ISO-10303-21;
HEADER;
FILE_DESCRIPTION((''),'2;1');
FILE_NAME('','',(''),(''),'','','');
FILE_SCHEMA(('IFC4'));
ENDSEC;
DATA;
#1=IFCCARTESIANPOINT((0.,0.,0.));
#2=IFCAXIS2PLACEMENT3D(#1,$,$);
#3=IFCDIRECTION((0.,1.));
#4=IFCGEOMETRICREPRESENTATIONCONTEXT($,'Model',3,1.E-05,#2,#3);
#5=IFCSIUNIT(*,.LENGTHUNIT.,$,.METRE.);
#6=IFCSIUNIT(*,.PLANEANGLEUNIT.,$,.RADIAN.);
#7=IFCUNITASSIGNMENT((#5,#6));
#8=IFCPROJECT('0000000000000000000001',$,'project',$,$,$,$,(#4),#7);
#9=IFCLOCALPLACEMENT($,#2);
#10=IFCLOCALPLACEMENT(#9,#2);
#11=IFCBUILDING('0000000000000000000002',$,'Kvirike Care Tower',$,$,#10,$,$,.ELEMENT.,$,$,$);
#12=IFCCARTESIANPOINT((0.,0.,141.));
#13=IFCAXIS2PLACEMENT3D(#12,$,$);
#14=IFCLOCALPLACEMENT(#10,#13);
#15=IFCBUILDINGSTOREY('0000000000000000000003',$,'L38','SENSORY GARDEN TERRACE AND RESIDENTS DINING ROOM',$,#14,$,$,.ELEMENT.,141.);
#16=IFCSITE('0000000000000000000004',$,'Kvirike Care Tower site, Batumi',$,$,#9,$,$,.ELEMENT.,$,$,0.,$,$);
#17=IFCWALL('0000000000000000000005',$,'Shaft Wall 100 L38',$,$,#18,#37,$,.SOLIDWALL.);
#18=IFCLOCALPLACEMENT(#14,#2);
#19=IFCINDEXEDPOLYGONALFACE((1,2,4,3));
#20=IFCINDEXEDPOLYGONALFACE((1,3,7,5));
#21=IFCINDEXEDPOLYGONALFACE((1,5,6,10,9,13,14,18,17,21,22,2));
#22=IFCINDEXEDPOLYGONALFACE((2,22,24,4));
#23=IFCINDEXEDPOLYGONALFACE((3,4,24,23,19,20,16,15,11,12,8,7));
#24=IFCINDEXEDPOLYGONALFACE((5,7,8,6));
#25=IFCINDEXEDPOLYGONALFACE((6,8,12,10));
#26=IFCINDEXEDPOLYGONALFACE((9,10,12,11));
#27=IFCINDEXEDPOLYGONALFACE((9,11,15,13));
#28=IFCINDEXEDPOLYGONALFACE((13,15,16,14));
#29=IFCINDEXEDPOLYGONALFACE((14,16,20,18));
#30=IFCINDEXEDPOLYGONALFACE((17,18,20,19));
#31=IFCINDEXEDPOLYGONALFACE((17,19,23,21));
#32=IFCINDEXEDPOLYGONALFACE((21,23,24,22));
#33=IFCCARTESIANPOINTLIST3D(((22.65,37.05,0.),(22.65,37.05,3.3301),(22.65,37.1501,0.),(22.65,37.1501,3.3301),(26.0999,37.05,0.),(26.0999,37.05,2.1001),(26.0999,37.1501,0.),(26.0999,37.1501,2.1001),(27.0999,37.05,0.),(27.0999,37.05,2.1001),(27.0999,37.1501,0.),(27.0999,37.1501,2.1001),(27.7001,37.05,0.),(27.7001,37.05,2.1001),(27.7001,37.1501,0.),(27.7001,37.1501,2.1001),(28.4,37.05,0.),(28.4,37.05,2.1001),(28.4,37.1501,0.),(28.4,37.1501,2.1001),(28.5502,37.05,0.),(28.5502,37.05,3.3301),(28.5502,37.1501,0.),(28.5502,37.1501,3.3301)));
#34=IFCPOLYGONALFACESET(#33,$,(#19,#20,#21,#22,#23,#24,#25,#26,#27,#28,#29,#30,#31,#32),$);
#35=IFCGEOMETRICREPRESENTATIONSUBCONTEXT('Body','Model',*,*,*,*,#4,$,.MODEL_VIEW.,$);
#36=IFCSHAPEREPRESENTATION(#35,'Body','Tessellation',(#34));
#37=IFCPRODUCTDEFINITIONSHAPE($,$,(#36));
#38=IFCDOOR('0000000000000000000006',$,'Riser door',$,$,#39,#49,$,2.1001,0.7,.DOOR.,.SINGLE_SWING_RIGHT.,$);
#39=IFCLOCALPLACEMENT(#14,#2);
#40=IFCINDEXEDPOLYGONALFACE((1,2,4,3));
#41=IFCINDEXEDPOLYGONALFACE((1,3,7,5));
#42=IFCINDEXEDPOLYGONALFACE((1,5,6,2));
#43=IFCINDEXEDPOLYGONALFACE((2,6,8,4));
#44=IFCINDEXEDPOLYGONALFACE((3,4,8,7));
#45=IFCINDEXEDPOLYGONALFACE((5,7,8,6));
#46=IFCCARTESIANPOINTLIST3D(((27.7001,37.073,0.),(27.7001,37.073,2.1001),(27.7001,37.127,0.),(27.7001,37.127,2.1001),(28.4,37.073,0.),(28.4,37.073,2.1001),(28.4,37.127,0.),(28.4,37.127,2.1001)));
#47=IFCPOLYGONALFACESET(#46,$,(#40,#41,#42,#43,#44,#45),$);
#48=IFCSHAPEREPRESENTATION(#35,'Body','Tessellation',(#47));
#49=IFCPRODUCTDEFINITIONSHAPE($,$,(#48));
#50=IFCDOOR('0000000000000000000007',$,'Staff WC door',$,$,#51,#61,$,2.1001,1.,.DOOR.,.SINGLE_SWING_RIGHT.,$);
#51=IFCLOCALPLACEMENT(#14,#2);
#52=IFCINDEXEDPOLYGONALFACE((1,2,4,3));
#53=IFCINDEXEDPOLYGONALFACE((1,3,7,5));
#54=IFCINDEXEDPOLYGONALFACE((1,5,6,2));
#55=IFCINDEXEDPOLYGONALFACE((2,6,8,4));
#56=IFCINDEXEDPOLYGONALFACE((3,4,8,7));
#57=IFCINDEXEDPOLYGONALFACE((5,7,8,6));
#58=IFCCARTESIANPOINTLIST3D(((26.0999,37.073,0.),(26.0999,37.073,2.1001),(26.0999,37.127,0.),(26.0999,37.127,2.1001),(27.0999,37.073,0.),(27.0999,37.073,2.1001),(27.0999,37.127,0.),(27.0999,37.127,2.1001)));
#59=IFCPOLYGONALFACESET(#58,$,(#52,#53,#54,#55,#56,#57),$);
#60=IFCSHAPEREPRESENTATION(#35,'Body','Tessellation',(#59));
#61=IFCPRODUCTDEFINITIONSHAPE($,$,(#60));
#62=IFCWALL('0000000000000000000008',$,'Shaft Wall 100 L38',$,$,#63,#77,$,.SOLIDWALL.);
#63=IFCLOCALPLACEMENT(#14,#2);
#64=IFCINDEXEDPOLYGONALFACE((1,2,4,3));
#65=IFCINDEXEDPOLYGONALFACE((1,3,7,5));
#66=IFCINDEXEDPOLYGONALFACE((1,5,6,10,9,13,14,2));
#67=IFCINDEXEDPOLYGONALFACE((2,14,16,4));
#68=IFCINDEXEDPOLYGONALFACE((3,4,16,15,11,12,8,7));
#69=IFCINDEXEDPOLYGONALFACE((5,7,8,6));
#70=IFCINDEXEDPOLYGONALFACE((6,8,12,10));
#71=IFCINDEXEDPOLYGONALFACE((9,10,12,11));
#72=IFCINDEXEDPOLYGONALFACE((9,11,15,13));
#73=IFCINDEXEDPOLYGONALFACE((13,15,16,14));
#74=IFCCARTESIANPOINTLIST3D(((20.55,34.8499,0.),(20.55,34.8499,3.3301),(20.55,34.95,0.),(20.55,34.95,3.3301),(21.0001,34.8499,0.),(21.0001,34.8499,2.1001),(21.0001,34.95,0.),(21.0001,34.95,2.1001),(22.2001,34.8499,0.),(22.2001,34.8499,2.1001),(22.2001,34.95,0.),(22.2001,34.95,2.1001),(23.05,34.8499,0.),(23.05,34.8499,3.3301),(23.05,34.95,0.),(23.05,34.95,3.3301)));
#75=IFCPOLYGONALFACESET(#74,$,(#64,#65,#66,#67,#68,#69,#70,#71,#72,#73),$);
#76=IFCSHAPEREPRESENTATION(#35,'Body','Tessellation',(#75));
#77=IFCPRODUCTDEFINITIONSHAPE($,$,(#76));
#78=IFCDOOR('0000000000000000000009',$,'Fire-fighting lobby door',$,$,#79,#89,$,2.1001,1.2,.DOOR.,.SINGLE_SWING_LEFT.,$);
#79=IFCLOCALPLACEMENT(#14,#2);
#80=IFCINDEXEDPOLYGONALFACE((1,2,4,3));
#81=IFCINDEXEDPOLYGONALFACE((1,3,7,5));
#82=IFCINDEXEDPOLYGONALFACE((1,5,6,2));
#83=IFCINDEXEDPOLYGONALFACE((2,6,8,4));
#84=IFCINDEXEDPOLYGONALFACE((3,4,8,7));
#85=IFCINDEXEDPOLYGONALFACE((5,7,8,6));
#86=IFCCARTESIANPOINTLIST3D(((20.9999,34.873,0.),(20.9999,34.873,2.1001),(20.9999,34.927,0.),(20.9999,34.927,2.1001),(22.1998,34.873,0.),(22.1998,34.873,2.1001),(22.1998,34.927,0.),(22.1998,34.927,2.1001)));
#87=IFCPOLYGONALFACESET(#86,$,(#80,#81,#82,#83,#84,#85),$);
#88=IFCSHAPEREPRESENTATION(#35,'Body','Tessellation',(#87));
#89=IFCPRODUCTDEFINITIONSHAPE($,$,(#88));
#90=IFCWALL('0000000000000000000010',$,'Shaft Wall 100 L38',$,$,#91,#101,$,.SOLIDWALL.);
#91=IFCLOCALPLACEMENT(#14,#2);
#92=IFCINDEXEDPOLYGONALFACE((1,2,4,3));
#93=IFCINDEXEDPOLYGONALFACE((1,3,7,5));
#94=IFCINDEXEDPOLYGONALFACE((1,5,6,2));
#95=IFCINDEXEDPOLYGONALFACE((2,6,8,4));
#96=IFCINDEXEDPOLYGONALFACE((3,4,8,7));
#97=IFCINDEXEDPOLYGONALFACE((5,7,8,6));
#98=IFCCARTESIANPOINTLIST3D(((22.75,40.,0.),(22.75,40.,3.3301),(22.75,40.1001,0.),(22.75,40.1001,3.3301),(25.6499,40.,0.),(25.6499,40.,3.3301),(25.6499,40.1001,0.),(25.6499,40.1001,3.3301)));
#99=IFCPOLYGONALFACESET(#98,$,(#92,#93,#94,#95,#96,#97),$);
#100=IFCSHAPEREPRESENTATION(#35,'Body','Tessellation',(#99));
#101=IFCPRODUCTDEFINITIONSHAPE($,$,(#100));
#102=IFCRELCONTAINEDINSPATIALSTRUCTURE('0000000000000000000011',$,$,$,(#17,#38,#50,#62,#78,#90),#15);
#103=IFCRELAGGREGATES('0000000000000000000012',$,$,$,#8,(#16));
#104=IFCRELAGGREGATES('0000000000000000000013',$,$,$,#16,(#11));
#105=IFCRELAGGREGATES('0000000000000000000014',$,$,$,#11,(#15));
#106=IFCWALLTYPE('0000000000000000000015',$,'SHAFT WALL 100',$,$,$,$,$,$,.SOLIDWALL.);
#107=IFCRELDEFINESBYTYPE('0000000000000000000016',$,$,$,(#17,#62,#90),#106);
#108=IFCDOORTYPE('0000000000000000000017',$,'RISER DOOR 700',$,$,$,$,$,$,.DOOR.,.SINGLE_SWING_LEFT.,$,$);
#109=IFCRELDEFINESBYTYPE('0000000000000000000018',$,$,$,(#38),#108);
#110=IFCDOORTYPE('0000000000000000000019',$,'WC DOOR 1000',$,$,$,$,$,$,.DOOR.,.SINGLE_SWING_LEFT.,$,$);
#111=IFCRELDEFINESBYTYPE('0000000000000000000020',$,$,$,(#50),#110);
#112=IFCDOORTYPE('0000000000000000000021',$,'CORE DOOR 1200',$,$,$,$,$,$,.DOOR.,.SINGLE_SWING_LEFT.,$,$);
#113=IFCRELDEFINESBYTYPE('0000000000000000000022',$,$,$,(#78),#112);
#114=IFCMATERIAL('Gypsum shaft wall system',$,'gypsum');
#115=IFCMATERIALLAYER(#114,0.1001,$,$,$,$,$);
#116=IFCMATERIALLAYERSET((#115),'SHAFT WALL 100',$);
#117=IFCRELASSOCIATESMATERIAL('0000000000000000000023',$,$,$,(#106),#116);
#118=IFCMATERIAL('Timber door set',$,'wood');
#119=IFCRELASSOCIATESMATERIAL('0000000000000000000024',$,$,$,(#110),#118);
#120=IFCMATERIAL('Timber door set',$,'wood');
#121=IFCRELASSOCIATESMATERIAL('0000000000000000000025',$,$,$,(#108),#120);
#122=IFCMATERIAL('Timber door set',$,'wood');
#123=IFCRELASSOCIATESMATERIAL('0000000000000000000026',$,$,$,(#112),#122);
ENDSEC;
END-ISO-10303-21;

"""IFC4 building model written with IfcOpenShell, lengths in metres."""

from ifc_helpers import new_model, si_unit, direction, frame, frame_2d, origin, place, context, subcontext, project, spatial, rectangle, extrude, material, layer, layer_set, type_object, element, fill, save


model = new_model("IFC4")

# Units and contexts
model_context = context("Model", 3, precision=1e-05, world=origin(), true_north=direction((0.0, 1.0)))
body_context = subcontext(model_context, "Body", "Model", "MODEL_VIEW")
ifc_project = project(units=[si_unit("LENGTHUNIT", "METRE"), si_unit("PLANEANGLEUNIT", "RADIAN")], contexts=[model_context])

# Site, building, storey
site_placement = place(None, origin())
site = spatial("IfcSite", under=ifc_project, at=site_placement, Name="Kvirike Care Tower site, Batumi", CompositionType="ELEMENT", RefElevation=0.0)
building_placement = place(site_placement, origin())
building = spatial("IfcBuilding", under=site, at=building_placement, Name="Kvirike Care Tower", CompositionType="ELEMENT")
storey_placement = place(building_placement, frame((0.0, 0.0, 141.0)))
storey = spatial("IfcBuildingStorey", under=building, at=storey_placement, Name="L38", Description="SENSORY GARDEN TERRACE AND RESIDENTS DINING ROOM", CompositionType="ELEMENT", Elevation=141.0)

# Shared definitions
ifc_material_1 = material(Name="Gypsum shaft wall system", Category="gypsum")
ifc_layer = layer(ifc_material_1, 0.1001)
ifc_layer_set = layer_set([ifc_layer], Name="SHAFT WALL 100")
wall_type = type_object("IfcWallType", Name="SHAFT WALL 100", PredefinedType="SOLIDWALL", material=ifc_layer_set)

# Shared definitions
ifc_material_2 = material(Name="Timber door set", Category="wood")
door_type_1 = type_object("IfcDoorType", Name="WC DOOR 1000", OperationType="SINGLE_SWING_LEFT", PredefinedType="DOOR", material=ifc_material_2)

# Wall, openings, doors
ifc_material_3 = material(Name="Timber door set", Category="wood")
door_type_2 = type_object("IfcDoorType", Name="RISER DOOR 700", OperationType="SINGLE_SWING_LEFT", PredefinedType="DOOR", material=ifc_material_3)
wall_1_placement = place(storey_placement, frame((22.6499, 37.1001, 0.0), z_axis=(0.0, 0.0, 1.0), x_axis=(1.0, 0.0, 0.0)))
wall_1 = element("IfcWall", 1, at=wall_1_placement, inside=storey, type_object=wall_type, Name="Shaft Wall 100 L38", PredefinedType="SOLIDWALL", context=body_context, shape_type="SweptSolid", body=[
    extrude(rectangle(XDim=5.9001, YDim=0.1001, at=frame_2d((2.9502, 0.0))), origin(), (0.0, 0.0, 1.0), 3.3301),
])
opening_1_placement = place(wall_1_placement, frame((3.45, 0.0, 0.0)))
opening_1 = element("IfcOpeningElement", 2, at=opening_1_placement, cuts=wall_1, PredefinedType="OPENING", context=body_context, shape_type="SweptSolid", body=[
    extrude(rectangle(XDim=1.0, YDim=2.1001, at=frame_2d((0.5, 1.05))), frame((0.0, 0.0605, 0.0), z_axis=(0.0, -1.0, 0.0), x_axis=(1.0, 0.0, 0.0)), (0.0, 0.0, 1.0), 0.1211),
])
opening_2_placement = place(wall_1_placement, frame((5.05, 0.0, 0.0)))
opening_2 = element("IfcOpeningElement", 3, at=opening_2_placement, cuts=wall_1, PredefinedType="OPENING", context=body_context, shape_type="SweptSolid", body=[
    extrude(rectangle(XDim=0.7, YDim=2.1001, at=frame_2d((0.3501, 1.05))), frame((0.0, 0.0605, 0.0), z_axis=(0.0, -1.0, 0.0), x_axis=(1.0, 0.0, 0.0)), (0.0, 0.0, 1.0), 0.1211),
])
door_1_placement = place(opening_2_placement, origin())
door_1 = element("IfcDoor", 4, at=door_1_placement, inside=storey, type_object=door_type_2, Name="Riser door", OperationType="SINGLE_SWING_RIGHT", OverallHeight=2.1001, OverallWidth=0.7, PredefinedType="DOOR", context=body_context, shape_type="SweptSolid", body=[
    extrude(rectangle(XDim=0.7, YDim=2.1001, at=frame_2d((0.3501, 1.05))), frame((0.0, 0.0269, 0.0), z_axis=(0.0, -1.0, 0.0), x_axis=(1.0, 0.0, 0.0)), (0.0, 0.0, 1.0), 0.054),
])
fill(opening_2, door_1)
door_2_placement = place(opening_1_placement, origin())
door_2 = element("IfcDoor", 5, at=door_2_placement, inside=storey, type_object=door_type_1, Name="Staff WC door", OperationType="SINGLE_SWING_RIGHT", OverallHeight=2.1001, OverallWidth=1.0, PredefinedType="DOOR", context=body_context, shape_type="SweptSolid", body=[
    extrude(rectangle(XDim=1.0, YDim=2.1001, at=frame_2d((0.5, 1.05))), frame((0.0, 0.0269, 0.0), z_axis=(0.0, -1.0, 0.0), x_axis=(1.0, 0.0, 0.0)), (0.0, 0.0, 1.0), 0.054),
])
fill(opening_1, door_2)

# Wall, opening, door
wall_2_placement = place(storey_placement, frame((20.55, 34.8999, 0.0), z_axis=(0.0, 0.0, 1.0), x_axis=(1.0, 0.0, 0.0)))
wall_2 = element("IfcWall", 6, at=wall_2_placement, inside=storey, type_object=wall_type, Name="Shaft Wall 100 L38", PredefinedType="SOLIDWALL", context=body_context, shape_type="SweptSolid", body=[
    extrude(rectangle(XDim=2.5, YDim=0.1001, at=frame_2d((1.25, 0.0))), origin(), (0.0, 0.0, 1.0), 3.3301),
])
opening_3_placement = place(wall_2_placement, frame((0.45, 0.0, 0.0)))
opening_3 = element("IfcOpeningElement", 7, at=opening_3_placement, cuts=wall_2, PredefinedType="OPENING", context=body_context, shape_type="SweptSolid", body=[
    extrude(rectangle(XDim=1.2, YDim=2.1001, at=frame_2d((0.6001, 1.05))), frame((0.0, 0.0605, 0.0), z_axis=(0.0, -1.0, 0.0), x_axis=(1.0, 0.0, 0.0)), (0.0, 0.0, 1.0), 0.1211),
])
ifc_material_4 = material(Name="Timber door set", Category="wood")
door_type_3 = type_object("IfcDoorType", Name="CORE DOOR 1200", OperationType="SINGLE_SWING_LEFT", PredefinedType="DOOR", material=ifc_material_4)
door_3_placement = place(opening_3_placement, frame((1.2, 0.0, 0.0), z_axis=(0.0, 0.0, 1.0), x_axis=(-1.0, 0.0, 0.0)))
door_3 = element("IfcDoor", 8, at=door_3_placement, inside=storey, type_object=door_type_3, Name="Fire-fighting lobby door", OperationType="SINGLE_SWING_LEFT", OverallHeight=2.1001, OverallWidth=1.2, PredefinedType="DOOR", context=body_context, shape_type="SweptSolid", body=[
    extrude(rectangle(XDim=1.2, YDim=2.1001, at=frame_2d((0.6001, 1.05))), frame((0.0, 0.0269, 0.0), z_axis=(0.0, -1.0, 0.0), x_axis=(1.0, 0.0, 0.0)), (0.0, 0.0, 1.0), 0.054),
])
fill(opening_3, door_3)

# Wall
wall_3_placement = place(storey_placement, frame((22.75, 40.05, 0.0), z_axis=(0.0, 0.0, 1.0), x_axis=(1.0, 0.0, 0.0)))
element("IfcWall", 9, at=wall_3_placement, inside=storey, type_object=wall_type, Name="Shaft Wall 100 L38", PredefinedType="SOLIDWALL", context=body_context, shape_type="SweptSolid", body=[
    extrude(rectangle(XDim=2.8999, YDim=0.1001, at=frame_2d((1.45, 0.0))), origin(), (0.0, 0.0, 1.0), 3.3301),
])

save(model, "model.ifc")
